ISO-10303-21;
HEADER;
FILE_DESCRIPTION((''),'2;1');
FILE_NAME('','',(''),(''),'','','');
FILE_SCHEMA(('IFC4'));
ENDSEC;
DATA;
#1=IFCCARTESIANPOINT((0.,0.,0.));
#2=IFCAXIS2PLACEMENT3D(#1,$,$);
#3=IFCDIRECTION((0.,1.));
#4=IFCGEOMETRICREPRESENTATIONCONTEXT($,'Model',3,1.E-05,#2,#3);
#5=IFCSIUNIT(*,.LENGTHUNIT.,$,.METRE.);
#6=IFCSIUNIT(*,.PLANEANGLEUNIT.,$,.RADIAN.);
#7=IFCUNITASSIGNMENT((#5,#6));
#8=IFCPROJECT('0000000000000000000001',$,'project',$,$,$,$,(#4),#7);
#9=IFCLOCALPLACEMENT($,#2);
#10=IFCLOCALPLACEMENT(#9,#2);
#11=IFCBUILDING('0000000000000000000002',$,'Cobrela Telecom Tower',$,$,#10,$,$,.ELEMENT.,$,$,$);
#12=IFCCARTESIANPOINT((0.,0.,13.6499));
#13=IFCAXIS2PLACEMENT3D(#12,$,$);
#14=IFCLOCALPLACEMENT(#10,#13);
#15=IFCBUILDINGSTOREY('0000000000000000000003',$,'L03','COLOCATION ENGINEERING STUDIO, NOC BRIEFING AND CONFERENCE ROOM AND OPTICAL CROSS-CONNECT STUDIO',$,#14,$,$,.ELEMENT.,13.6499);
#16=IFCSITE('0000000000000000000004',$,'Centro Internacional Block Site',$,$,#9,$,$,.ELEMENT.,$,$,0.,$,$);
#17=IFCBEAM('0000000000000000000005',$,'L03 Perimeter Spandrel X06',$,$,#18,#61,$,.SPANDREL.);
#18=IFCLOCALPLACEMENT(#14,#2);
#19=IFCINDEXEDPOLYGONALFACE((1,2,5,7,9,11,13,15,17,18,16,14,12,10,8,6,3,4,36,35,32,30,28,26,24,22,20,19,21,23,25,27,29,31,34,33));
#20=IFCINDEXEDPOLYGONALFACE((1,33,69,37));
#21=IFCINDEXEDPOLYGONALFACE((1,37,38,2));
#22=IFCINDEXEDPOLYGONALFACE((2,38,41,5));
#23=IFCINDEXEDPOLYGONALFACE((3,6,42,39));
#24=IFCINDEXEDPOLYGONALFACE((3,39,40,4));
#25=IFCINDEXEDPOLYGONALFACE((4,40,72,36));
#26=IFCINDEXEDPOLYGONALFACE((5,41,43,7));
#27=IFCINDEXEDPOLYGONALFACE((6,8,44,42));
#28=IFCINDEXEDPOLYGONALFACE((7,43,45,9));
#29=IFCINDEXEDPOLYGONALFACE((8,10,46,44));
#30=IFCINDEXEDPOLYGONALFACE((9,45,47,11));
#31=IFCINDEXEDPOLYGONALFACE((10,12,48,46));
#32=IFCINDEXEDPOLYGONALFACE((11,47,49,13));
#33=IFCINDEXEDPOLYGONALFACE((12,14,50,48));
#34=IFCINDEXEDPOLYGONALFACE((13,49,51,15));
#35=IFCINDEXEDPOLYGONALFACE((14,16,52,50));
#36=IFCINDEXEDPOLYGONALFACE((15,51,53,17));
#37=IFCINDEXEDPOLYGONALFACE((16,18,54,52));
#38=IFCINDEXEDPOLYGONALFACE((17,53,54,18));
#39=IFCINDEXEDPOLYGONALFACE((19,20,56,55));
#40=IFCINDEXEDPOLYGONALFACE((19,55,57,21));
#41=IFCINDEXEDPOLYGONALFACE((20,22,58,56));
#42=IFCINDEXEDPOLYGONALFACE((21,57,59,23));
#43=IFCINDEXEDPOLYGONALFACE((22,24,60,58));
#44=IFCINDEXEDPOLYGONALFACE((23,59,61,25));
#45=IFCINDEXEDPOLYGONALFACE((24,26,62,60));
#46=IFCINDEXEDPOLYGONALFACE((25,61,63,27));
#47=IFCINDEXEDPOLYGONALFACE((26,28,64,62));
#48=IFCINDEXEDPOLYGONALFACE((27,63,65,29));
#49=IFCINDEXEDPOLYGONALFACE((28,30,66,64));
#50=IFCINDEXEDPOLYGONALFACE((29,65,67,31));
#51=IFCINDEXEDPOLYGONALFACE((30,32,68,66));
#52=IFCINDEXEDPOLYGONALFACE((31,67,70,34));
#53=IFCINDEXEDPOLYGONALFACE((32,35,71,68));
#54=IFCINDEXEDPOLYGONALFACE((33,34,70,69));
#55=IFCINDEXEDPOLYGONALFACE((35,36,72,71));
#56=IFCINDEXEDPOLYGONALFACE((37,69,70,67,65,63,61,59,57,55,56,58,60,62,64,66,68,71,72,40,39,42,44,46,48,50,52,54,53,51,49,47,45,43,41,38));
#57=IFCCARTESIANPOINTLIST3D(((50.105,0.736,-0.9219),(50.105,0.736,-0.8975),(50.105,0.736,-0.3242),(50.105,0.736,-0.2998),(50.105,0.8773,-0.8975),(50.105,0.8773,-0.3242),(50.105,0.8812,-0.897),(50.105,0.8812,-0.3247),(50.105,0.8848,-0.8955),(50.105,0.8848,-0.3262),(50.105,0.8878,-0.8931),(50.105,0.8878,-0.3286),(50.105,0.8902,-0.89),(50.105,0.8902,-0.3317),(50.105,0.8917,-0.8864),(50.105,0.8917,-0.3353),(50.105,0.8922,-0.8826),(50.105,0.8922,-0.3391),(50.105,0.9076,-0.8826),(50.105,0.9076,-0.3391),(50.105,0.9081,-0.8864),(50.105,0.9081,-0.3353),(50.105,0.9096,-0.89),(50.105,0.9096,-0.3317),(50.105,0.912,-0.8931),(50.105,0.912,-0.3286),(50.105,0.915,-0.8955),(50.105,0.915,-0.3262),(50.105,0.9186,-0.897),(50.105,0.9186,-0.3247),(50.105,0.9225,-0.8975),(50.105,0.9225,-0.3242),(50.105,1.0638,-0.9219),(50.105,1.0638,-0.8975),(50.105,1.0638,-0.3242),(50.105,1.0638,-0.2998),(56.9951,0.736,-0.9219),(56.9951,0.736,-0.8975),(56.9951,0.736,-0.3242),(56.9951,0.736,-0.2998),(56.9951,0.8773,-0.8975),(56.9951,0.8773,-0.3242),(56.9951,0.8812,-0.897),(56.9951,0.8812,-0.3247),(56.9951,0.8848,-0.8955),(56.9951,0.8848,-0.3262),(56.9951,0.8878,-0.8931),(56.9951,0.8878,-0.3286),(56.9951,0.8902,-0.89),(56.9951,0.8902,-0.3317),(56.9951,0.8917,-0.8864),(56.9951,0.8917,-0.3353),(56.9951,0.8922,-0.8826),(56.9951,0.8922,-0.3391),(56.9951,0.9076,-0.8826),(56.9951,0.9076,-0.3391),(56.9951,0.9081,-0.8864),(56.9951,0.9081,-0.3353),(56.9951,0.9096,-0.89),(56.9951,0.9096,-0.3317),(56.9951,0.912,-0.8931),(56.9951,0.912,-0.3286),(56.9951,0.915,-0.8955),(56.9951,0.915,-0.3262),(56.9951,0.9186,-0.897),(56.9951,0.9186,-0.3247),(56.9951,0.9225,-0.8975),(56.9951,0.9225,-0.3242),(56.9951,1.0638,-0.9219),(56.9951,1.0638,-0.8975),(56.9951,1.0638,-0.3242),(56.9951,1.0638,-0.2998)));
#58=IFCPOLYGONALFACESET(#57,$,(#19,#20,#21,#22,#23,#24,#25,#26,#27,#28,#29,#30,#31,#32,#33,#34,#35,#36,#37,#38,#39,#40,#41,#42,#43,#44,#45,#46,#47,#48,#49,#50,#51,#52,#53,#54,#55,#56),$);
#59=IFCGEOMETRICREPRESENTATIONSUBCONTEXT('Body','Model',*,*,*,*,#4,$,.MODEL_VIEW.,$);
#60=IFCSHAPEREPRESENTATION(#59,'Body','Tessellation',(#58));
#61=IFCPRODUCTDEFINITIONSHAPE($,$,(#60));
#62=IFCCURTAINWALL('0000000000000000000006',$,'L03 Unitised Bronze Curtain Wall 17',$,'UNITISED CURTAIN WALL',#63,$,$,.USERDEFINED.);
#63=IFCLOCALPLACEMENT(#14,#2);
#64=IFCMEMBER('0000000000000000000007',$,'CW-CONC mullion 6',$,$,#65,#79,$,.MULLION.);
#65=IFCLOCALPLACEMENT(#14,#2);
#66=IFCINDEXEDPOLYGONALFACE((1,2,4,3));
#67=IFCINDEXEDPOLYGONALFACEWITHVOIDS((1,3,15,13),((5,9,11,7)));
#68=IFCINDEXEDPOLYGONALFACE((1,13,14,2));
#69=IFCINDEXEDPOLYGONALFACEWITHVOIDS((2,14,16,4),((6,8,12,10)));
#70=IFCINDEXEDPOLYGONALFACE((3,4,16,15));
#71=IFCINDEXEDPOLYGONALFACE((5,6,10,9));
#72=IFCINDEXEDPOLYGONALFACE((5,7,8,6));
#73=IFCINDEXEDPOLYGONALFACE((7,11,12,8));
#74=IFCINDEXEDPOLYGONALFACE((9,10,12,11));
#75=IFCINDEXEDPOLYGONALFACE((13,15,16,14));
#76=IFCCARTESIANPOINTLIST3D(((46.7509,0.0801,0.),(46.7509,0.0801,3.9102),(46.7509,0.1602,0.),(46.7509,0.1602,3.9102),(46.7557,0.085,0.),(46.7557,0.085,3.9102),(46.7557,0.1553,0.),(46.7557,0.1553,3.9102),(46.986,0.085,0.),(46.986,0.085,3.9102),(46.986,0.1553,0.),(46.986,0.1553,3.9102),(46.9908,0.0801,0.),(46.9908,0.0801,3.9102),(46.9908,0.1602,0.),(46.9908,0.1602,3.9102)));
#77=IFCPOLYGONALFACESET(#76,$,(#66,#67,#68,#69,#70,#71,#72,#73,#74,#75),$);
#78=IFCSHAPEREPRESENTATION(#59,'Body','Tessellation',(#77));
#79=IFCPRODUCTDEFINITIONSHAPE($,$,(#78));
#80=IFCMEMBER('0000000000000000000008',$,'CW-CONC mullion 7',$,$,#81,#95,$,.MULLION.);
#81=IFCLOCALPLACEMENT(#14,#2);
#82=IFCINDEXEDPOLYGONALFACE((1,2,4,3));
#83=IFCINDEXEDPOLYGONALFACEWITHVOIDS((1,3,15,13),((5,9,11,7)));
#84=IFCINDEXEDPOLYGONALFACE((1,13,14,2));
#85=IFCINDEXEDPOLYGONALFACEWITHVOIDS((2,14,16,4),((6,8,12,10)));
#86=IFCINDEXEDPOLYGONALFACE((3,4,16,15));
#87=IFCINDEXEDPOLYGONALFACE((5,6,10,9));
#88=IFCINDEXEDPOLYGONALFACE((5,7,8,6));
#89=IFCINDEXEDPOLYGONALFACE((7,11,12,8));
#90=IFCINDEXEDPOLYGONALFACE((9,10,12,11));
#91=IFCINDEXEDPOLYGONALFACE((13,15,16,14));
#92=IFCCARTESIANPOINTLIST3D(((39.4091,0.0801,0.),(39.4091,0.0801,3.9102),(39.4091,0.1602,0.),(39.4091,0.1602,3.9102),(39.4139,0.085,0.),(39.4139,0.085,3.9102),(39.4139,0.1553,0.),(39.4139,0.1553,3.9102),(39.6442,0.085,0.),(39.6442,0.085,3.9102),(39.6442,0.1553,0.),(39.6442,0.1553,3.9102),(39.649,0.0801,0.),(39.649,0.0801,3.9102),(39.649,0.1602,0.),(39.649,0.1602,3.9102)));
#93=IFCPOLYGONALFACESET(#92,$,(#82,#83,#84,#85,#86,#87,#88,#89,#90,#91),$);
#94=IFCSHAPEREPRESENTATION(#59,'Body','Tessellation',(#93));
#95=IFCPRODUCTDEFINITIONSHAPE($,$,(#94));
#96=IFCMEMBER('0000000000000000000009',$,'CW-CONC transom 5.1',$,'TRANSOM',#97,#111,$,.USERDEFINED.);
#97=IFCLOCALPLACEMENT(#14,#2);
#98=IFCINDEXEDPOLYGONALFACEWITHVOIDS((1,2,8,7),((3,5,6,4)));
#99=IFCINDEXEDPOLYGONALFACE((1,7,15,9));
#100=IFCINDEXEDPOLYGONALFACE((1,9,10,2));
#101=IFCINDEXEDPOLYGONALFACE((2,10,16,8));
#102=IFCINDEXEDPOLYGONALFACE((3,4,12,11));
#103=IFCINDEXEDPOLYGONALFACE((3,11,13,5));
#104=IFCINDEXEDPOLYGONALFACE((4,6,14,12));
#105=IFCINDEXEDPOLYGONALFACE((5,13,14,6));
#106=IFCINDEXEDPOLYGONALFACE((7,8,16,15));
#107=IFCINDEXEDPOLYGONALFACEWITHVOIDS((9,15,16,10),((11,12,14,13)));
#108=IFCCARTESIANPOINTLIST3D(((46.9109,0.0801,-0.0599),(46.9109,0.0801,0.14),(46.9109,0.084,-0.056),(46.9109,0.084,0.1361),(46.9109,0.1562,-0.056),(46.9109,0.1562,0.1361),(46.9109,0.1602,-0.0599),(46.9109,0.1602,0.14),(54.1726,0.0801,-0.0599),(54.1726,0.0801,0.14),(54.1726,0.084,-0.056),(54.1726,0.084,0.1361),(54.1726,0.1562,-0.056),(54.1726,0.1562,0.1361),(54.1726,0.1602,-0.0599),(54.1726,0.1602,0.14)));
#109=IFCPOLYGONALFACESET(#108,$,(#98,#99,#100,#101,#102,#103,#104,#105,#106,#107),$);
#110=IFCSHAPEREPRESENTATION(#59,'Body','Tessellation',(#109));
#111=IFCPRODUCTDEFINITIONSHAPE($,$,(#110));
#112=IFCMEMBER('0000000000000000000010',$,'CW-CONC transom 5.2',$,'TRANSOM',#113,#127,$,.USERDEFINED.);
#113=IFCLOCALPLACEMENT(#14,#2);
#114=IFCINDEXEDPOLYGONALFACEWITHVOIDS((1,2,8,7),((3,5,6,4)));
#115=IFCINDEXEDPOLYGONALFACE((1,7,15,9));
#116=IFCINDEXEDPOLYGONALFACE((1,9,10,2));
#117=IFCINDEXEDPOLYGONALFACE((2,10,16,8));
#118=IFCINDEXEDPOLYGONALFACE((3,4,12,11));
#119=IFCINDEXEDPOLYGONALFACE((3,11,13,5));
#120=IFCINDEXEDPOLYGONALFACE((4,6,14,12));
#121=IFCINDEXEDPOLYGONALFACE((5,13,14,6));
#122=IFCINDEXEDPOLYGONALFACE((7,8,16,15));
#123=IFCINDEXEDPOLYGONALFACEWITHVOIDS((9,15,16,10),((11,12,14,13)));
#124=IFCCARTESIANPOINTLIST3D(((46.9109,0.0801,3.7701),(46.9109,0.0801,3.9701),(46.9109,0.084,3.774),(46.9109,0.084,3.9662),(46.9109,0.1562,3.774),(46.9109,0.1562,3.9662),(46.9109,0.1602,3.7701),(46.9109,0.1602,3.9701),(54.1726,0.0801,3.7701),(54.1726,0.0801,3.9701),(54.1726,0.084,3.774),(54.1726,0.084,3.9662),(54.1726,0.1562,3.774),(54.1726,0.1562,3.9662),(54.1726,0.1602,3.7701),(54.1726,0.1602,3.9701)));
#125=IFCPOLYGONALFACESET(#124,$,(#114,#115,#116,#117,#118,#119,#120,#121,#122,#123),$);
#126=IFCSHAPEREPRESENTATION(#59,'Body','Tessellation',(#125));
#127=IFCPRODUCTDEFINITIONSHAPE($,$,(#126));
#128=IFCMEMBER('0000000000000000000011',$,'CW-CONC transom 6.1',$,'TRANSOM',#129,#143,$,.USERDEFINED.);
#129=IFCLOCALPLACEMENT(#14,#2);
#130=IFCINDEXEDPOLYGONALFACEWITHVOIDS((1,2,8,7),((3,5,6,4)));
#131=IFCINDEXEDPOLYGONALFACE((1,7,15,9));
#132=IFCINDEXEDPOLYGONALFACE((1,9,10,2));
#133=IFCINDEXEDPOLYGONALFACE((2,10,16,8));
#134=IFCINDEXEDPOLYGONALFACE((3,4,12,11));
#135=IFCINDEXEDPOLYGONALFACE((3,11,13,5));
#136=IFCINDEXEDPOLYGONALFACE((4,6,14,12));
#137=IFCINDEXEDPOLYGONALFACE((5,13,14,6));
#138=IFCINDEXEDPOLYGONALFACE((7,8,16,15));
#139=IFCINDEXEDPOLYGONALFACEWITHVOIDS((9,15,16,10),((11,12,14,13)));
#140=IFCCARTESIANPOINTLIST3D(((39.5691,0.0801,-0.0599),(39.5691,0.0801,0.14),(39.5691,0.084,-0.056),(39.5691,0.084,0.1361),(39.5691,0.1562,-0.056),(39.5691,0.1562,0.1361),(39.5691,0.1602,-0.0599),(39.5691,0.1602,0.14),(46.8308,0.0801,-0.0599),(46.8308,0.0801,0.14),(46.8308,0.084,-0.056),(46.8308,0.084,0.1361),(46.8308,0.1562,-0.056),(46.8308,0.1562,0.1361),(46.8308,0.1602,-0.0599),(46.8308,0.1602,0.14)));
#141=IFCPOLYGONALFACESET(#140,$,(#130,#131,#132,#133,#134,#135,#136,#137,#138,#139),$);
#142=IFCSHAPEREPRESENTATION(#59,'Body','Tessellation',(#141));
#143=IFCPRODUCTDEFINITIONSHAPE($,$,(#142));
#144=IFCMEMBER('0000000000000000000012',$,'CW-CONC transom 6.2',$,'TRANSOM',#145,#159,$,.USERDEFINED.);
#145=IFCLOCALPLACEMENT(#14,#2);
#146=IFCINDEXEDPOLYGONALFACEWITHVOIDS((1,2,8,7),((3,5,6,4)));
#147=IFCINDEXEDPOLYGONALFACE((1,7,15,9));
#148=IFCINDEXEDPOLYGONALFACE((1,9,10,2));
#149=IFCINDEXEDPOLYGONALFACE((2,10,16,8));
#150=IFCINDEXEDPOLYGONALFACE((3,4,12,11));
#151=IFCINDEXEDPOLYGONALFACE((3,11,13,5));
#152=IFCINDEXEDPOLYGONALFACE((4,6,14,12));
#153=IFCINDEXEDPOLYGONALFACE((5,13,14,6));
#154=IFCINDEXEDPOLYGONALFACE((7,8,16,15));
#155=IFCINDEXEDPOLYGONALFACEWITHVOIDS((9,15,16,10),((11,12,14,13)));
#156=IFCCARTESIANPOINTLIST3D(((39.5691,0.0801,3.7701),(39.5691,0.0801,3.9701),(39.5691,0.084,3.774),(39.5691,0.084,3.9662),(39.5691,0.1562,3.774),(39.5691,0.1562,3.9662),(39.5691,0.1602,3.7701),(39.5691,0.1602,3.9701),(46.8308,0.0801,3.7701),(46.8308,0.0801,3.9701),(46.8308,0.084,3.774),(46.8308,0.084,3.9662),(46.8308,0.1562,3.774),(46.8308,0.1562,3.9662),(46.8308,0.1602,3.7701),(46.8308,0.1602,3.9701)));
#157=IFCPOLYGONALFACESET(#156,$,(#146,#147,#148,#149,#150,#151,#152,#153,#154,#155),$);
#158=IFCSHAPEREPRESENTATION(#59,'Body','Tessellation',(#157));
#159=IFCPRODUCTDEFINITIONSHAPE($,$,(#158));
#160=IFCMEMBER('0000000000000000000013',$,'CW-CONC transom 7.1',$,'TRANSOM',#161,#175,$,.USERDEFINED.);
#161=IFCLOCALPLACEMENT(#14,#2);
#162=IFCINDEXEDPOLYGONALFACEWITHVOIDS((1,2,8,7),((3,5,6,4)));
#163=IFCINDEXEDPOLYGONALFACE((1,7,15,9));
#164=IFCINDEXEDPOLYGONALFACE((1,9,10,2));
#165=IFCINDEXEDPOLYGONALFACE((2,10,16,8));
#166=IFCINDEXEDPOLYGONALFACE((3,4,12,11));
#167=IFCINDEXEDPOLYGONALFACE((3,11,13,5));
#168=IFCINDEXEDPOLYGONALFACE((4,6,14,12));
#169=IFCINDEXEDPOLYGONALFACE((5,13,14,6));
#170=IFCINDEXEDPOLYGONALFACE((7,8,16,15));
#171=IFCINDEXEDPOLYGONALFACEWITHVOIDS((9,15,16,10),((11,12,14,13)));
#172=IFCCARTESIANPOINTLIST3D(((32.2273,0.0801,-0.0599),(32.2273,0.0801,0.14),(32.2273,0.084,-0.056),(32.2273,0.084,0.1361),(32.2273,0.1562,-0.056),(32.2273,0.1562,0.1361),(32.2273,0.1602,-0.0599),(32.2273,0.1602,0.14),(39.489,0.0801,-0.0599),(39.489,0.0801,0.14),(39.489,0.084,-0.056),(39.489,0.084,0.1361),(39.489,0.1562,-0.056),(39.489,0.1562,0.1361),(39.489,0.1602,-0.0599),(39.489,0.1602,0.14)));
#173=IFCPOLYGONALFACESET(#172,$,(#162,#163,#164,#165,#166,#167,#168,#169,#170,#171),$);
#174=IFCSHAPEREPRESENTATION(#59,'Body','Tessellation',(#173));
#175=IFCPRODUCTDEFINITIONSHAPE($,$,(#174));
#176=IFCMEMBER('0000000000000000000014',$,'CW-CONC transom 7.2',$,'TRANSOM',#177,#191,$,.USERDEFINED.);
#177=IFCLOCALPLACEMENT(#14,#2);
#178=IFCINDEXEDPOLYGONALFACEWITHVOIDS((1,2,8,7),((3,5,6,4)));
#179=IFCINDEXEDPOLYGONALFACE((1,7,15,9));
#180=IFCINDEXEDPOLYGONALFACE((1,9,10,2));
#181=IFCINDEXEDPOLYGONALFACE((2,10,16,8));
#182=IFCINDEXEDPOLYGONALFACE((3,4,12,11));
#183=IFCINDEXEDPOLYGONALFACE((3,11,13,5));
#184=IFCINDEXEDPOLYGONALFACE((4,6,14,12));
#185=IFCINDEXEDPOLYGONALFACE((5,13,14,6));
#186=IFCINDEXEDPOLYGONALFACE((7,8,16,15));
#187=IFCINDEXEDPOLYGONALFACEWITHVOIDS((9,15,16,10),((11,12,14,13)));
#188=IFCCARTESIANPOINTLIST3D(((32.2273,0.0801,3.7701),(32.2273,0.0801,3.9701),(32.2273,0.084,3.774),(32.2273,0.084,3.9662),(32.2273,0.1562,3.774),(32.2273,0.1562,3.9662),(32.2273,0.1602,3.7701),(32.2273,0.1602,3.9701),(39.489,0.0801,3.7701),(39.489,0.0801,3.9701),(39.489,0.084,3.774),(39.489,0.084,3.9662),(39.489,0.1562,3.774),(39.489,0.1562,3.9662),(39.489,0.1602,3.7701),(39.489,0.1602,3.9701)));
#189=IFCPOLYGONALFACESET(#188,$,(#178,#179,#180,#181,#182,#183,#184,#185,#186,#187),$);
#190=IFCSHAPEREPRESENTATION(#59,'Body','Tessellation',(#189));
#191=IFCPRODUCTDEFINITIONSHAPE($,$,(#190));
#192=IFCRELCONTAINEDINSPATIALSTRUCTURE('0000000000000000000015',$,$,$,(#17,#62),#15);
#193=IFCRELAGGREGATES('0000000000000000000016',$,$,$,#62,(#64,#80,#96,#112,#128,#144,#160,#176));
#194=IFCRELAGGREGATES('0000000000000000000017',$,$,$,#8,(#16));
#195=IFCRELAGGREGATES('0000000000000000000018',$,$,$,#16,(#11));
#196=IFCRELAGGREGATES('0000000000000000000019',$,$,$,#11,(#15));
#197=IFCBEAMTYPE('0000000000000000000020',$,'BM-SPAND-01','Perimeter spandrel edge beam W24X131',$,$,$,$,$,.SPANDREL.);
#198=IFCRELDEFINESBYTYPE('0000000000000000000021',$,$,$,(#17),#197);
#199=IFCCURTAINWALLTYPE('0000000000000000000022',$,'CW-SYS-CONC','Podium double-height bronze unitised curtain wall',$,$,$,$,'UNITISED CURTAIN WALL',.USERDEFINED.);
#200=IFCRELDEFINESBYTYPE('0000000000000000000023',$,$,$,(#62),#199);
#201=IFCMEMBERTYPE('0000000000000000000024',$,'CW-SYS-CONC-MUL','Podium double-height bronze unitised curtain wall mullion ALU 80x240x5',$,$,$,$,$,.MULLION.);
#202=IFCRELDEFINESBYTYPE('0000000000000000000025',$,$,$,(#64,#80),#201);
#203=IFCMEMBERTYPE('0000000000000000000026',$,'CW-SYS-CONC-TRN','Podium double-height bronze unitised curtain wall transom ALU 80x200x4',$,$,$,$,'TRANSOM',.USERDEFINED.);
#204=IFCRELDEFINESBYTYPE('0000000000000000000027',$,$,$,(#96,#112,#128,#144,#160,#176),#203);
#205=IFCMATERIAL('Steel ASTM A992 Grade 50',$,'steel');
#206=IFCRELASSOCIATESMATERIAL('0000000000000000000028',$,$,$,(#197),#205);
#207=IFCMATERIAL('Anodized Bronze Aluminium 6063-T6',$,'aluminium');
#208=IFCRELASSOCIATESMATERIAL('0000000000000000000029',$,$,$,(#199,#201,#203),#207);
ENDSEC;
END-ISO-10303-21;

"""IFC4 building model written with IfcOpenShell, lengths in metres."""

from ifc_helpers import new_model, si_unit, direction, frame, origin, origin_2d, place, context, subcontext, project, spatial, hollow_rectangle, i_section, extrude, material, material_profile, profile_set, type_object, element, aggregate, save


model = new_model("IFC4")

# Units and contexts
model_context = context("Model", 3, precision=1e-05, world=origin(), true_north=direction((0.0, 1.0)))
body_context = subcontext(model_context, "Body", "Model", "MODEL_VIEW")
ifc_project = project(units=[si_unit("LENGTHUNIT", "METRE"), si_unit("PLANEANGLEUNIT", "RADIAN")], contexts=[model_context])

# Site, building, storey
site_placement = place(None, origin())
site = spatial("IfcSite", under=ifc_project, at=site_placement, Name="Centro Internacional Block Site", CompositionType="ELEMENT", RefElevation=0.0)
building_placement = place(site_placement, origin())
building = spatial("IfcBuilding", under=site, at=building_placement, Name="Cobrela Telecom Tower", CompositionType="ELEMENT")
storey_placement = place(building_placement, frame((0.0, 0.0, 13.6499)))
storey = spatial("IfcBuildingStorey", under=building, at=storey_placement, Name="L03", Description="COLOCATION ENGINEERING STUDIO, NOC BRIEFING AND CONFERENCE ROOM AND OPTICAL CROSS-CONNECT STUDIO", CompositionType="ELEMENT", Elevation=13.6499)

# Beam
ifc_material_1 = material(Name="Steel ASTM A992 Grade 50", Category="steel")
ifc_material_profile_1 = material_profile(ifc_material_1, i_section(OverallWidth=0.3279, OverallDepth=0.6221, WebThickness=0.0154, FlangeThickness=0.0244, FilletRadius=0.0149, at=origin_2d()), Name="W24X131")
ifc_profile_set_1 = profile_set([ifc_material_profile_1], Name="Steel ASTM A992 Grade 50")
beam_type_1 = type_object("IfcBeamType", Name="BM-SPAND-01", Description="Perimeter spandrel edge beam W24X131", PredefinedType="SPANDREL", material=ifc_profile_set_1)
beam_1_placement = place(storey_placement, frame((50.105, 0.8999, -0.6108), z_axis=(1.0, 0.0, 0.0), x_axis=(0.0, 1.0, 0.0)))
element("IfcBeam", 1, at=beam_1_placement, inside=storey, type_object=beam_type_1, Name="L03 Perimeter Spandrel X06", PredefinedType="SPANDREL", context=body_context, shape_type="SweptSolid", body=[
    extrude(i_section(OverallWidth=0.3279, OverallDepth=0.6221, WebThickness=0.0154, FlangeThickness=0.0244, FilletRadius=0.0149, at=origin_2d()), origin(), (0.0, 0.0, 1.0), 6.8901),
])

# Curtain wall, members
ifc_material_2 = material(Name="Anodized Bronze Aluminium 6063-T6", Category="aluminium")
curtain_wall_type = type_object("IfcCurtainWallType", Name="CW-SYS-CONC", Description="Podium double-height bronze unitised curtain wall", ElementType="UNITISED CURTAIN WALL", PredefinedType="USERDEFINED", material=ifc_material_2)
curtain_wall_placement = place(storey_placement, origin())
curtain_wall = element("IfcCurtainWall", 2, at=curtain_wall_placement, inside=storey, type_object=curtain_wall_type, Name="L03 Unitised Bronze Curtain Wall 17", ObjectType="UNITISED CURTAIN WALL", PredefinedType="USERDEFINED")
ifc_material_profile_2 = material_profile(ifc_material_2, hollow_rectangle(XDim=0.0801, YDim=0.24, WallThickness=0.0049, at=origin_2d()), Name="ALU 80x240x5")
ifc_profile_set_2 = profile_set([ifc_material_profile_2], Name="Anodized Bronze Aluminium 6063-T6")
member_type_1 = type_object("IfcMemberType", Name="CW-SYS-CONC-MUL", Description="Podium double-height bronze unitised curtain wall mullion ALU 80x240x5", PredefinedType="MULLION", material=ifc_profile_set_2)
member_1_placement = place(storey_placement, frame((46.8708, 0.1201, 0.0), z_axis=(0.0, 0.0, 1.0), x_axis=(0.0, -1.0, 0.0)))
member_1 = element("IfcMember", 3, at=member_1_placement, type_object=member_type_1, Name="CW-CONC mullion 6", PredefinedType="MULLION", context=body_context, shape_type="SweptSolid", body=[
    extrude(hollow_rectangle(XDim=0.0801, YDim=0.24, WallThickness=0.0049, at=origin_2d()), origin(), (0.0, 0.0, 1.0), 3.9102),
])
member_2_placement = place(storey_placement, frame((39.5291, 0.1201, 0.0), z_axis=(0.0, 0.0, 1.0), x_axis=(0.0, -1.0, 0.0)))
member_2 = element("IfcMember", 4, at=member_2_placement, type_object=member_type_1, Name="CW-CONC mullion 7", PredefinedType="MULLION", context=body_context, shape_type="SweptSolid", body=[
    extrude(hollow_rectangle(XDim=0.0801, YDim=0.24, WallThickness=0.0049, at=origin_2d()), origin(), (0.0, 0.0, 1.0), 3.9102),
])
ifc_material_profile_3 = material_profile(ifc_material_2, hollow_rectangle(XDim=0.0801, YDim=0.2, WallThickness=0.0039, at=origin_2d()), Name="ALU 80x200x4")
ifc_profile_set_3 = profile_set([ifc_material_profile_3], Name="Anodized Bronze Aluminium 6063-T6")
member_type_2 = type_object("IfcMemberType", Name="CW-SYS-CONC-TRN", Description="Podium double-height bronze unitised curtain wall transom ALU 80x200x4", ElementType="TRANSOM", PredefinedType="USERDEFINED", material=ifc_profile_set_3)
member_3_placement = place(storey_placement, frame((54.1726, 0.1201, 0.04), z_axis=(-1.0, 0.0, 0.0), x_axis=(0.0, -1.0, 0.0)))
member_3 = element("IfcMember", 5, at=member_3_placement, type_object=member_type_2, Name="CW-CONC transom 5.1", ObjectType="TRANSOM", PredefinedType="USERDEFINED", context=body_context, shape_type="SweptSolid", body=[
    extrude(hollow_rectangle(XDim=0.0801, YDim=0.2, WallThickness=0.0039, at=origin_2d()), origin(), (0.0, 0.0, 1.0), 7.2617),
])
member_4_placement = place(storey_placement, frame((54.1726, 0.1201, 3.8701), z_axis=(-1.0, 0.0, 0.0), x_axis=(0.0, -1.0, 0.0)))
member_4 = element("IfcMember", 6, at=member_4_placement, type_object=member_type_2, Name="CW-CONC transom 5.2", ObjectType="TRANSOM", PredefinedType="USERDEFINED", context=body_context, shape_type="SweptSolid", body=[
    extrude(hollow_rectangle(XDim=0.0801, YDim=0.2, WallThickness=0.0039, at=origin_2d()), origin(), (0.0, 0.0, 1.0), 7.2617),
])
member_5_placement = place(storey_placement, frame((46.8308, 0.1201, 0.04), z_axis=(-1.0, 0.0, 0.0), x_axis=(0.0, -1.0, 0.0)))
member_5 = element("IfcMember", 7, at=member_5_placement, type_object=member_type_2, Name="CW-CONC transom 6.1", ObjectType="TRANSOM", PredefinedType="USERDEFINED", context=body_context, shape_type="SweptSolid", body=[
    extrude(hollow_rectangle(XDim=0.0801, YDim=0.2, WallThickness=0.0039, at=origin_2d()), origin(), (0.0, 0.0, 1.0), 7.2617),
])
member_6_placement = place(storey_placement, frame((46.8308, 0.1201, 3.8701), z_axis=(-1.0, 0.0, 0.0), x_axis=(0.0, -1.0, 0.0)))
member_6 = element("IfcMember", 8, at=member_6_placement, type_object=member_type_2, Name="CW-CONC transom 6.2", ObjectType="TRANSOM", PredefinedType="USERDEFINED", context=body_context, shape_type="SweptSolid", body=[
    extrude(hollow_rectangle(XDim=0.0801, YDim=0.2, WallThickness=0.0039, at=origin_2d()), origin(), (0.0, 0.0, 1.0), 7.2617),
])
member_7_placement = place(storey_placement, frame((39.489, 0.1201, 0.04), z_axis=(-1.0, 0.0, 0.0), x_axis=(0.0, -1.0, 0.0)))
member_7 = element("IfcMember", 9, at=member_7_placement, type_object=member_type_2, Name="CW-CONC transom 7.1", ObjectType="TRANSOM", PredefinedType="USERDEFINED", context=body_context, shape_type="SweptSolid", body=[
    extrude(hollow_rectangle(XDim=0.0801, YDim=0.2, WallThickness=0.0039, at=origin_2d()), origin(), (0.0, 0.0, 1.0), 7.2617),
])
member_8_placement = place(storey_placement, frame((39.489, 0.1201, 3.8701), z_axis=(-1.0, 0.0, 0.0), x_axis=(0.0, -1.0, 0.0)))
member_8 = element("IfcMember", 10, at=member_8_placement, type_object=member_type_2, Name="CW-CONC transom 7.2", ObjectType="TRANSOM", PredefinedType="USERDEFINED", context=body_context, shape_type="SweptSolid", body=[
    extrude(hollow_rectangle(XDim=0.0801, YDim=0.2, WallThickness=0.0039, at=origin_2d()), origin(), (0.0, 0.0, 1.0), 7.2617),
])
aggregate(curtain_wall, [member_1, member_2, member_3, member_4, member_5, member_6, member_7, member_8])

save(model, "model.ifc")
